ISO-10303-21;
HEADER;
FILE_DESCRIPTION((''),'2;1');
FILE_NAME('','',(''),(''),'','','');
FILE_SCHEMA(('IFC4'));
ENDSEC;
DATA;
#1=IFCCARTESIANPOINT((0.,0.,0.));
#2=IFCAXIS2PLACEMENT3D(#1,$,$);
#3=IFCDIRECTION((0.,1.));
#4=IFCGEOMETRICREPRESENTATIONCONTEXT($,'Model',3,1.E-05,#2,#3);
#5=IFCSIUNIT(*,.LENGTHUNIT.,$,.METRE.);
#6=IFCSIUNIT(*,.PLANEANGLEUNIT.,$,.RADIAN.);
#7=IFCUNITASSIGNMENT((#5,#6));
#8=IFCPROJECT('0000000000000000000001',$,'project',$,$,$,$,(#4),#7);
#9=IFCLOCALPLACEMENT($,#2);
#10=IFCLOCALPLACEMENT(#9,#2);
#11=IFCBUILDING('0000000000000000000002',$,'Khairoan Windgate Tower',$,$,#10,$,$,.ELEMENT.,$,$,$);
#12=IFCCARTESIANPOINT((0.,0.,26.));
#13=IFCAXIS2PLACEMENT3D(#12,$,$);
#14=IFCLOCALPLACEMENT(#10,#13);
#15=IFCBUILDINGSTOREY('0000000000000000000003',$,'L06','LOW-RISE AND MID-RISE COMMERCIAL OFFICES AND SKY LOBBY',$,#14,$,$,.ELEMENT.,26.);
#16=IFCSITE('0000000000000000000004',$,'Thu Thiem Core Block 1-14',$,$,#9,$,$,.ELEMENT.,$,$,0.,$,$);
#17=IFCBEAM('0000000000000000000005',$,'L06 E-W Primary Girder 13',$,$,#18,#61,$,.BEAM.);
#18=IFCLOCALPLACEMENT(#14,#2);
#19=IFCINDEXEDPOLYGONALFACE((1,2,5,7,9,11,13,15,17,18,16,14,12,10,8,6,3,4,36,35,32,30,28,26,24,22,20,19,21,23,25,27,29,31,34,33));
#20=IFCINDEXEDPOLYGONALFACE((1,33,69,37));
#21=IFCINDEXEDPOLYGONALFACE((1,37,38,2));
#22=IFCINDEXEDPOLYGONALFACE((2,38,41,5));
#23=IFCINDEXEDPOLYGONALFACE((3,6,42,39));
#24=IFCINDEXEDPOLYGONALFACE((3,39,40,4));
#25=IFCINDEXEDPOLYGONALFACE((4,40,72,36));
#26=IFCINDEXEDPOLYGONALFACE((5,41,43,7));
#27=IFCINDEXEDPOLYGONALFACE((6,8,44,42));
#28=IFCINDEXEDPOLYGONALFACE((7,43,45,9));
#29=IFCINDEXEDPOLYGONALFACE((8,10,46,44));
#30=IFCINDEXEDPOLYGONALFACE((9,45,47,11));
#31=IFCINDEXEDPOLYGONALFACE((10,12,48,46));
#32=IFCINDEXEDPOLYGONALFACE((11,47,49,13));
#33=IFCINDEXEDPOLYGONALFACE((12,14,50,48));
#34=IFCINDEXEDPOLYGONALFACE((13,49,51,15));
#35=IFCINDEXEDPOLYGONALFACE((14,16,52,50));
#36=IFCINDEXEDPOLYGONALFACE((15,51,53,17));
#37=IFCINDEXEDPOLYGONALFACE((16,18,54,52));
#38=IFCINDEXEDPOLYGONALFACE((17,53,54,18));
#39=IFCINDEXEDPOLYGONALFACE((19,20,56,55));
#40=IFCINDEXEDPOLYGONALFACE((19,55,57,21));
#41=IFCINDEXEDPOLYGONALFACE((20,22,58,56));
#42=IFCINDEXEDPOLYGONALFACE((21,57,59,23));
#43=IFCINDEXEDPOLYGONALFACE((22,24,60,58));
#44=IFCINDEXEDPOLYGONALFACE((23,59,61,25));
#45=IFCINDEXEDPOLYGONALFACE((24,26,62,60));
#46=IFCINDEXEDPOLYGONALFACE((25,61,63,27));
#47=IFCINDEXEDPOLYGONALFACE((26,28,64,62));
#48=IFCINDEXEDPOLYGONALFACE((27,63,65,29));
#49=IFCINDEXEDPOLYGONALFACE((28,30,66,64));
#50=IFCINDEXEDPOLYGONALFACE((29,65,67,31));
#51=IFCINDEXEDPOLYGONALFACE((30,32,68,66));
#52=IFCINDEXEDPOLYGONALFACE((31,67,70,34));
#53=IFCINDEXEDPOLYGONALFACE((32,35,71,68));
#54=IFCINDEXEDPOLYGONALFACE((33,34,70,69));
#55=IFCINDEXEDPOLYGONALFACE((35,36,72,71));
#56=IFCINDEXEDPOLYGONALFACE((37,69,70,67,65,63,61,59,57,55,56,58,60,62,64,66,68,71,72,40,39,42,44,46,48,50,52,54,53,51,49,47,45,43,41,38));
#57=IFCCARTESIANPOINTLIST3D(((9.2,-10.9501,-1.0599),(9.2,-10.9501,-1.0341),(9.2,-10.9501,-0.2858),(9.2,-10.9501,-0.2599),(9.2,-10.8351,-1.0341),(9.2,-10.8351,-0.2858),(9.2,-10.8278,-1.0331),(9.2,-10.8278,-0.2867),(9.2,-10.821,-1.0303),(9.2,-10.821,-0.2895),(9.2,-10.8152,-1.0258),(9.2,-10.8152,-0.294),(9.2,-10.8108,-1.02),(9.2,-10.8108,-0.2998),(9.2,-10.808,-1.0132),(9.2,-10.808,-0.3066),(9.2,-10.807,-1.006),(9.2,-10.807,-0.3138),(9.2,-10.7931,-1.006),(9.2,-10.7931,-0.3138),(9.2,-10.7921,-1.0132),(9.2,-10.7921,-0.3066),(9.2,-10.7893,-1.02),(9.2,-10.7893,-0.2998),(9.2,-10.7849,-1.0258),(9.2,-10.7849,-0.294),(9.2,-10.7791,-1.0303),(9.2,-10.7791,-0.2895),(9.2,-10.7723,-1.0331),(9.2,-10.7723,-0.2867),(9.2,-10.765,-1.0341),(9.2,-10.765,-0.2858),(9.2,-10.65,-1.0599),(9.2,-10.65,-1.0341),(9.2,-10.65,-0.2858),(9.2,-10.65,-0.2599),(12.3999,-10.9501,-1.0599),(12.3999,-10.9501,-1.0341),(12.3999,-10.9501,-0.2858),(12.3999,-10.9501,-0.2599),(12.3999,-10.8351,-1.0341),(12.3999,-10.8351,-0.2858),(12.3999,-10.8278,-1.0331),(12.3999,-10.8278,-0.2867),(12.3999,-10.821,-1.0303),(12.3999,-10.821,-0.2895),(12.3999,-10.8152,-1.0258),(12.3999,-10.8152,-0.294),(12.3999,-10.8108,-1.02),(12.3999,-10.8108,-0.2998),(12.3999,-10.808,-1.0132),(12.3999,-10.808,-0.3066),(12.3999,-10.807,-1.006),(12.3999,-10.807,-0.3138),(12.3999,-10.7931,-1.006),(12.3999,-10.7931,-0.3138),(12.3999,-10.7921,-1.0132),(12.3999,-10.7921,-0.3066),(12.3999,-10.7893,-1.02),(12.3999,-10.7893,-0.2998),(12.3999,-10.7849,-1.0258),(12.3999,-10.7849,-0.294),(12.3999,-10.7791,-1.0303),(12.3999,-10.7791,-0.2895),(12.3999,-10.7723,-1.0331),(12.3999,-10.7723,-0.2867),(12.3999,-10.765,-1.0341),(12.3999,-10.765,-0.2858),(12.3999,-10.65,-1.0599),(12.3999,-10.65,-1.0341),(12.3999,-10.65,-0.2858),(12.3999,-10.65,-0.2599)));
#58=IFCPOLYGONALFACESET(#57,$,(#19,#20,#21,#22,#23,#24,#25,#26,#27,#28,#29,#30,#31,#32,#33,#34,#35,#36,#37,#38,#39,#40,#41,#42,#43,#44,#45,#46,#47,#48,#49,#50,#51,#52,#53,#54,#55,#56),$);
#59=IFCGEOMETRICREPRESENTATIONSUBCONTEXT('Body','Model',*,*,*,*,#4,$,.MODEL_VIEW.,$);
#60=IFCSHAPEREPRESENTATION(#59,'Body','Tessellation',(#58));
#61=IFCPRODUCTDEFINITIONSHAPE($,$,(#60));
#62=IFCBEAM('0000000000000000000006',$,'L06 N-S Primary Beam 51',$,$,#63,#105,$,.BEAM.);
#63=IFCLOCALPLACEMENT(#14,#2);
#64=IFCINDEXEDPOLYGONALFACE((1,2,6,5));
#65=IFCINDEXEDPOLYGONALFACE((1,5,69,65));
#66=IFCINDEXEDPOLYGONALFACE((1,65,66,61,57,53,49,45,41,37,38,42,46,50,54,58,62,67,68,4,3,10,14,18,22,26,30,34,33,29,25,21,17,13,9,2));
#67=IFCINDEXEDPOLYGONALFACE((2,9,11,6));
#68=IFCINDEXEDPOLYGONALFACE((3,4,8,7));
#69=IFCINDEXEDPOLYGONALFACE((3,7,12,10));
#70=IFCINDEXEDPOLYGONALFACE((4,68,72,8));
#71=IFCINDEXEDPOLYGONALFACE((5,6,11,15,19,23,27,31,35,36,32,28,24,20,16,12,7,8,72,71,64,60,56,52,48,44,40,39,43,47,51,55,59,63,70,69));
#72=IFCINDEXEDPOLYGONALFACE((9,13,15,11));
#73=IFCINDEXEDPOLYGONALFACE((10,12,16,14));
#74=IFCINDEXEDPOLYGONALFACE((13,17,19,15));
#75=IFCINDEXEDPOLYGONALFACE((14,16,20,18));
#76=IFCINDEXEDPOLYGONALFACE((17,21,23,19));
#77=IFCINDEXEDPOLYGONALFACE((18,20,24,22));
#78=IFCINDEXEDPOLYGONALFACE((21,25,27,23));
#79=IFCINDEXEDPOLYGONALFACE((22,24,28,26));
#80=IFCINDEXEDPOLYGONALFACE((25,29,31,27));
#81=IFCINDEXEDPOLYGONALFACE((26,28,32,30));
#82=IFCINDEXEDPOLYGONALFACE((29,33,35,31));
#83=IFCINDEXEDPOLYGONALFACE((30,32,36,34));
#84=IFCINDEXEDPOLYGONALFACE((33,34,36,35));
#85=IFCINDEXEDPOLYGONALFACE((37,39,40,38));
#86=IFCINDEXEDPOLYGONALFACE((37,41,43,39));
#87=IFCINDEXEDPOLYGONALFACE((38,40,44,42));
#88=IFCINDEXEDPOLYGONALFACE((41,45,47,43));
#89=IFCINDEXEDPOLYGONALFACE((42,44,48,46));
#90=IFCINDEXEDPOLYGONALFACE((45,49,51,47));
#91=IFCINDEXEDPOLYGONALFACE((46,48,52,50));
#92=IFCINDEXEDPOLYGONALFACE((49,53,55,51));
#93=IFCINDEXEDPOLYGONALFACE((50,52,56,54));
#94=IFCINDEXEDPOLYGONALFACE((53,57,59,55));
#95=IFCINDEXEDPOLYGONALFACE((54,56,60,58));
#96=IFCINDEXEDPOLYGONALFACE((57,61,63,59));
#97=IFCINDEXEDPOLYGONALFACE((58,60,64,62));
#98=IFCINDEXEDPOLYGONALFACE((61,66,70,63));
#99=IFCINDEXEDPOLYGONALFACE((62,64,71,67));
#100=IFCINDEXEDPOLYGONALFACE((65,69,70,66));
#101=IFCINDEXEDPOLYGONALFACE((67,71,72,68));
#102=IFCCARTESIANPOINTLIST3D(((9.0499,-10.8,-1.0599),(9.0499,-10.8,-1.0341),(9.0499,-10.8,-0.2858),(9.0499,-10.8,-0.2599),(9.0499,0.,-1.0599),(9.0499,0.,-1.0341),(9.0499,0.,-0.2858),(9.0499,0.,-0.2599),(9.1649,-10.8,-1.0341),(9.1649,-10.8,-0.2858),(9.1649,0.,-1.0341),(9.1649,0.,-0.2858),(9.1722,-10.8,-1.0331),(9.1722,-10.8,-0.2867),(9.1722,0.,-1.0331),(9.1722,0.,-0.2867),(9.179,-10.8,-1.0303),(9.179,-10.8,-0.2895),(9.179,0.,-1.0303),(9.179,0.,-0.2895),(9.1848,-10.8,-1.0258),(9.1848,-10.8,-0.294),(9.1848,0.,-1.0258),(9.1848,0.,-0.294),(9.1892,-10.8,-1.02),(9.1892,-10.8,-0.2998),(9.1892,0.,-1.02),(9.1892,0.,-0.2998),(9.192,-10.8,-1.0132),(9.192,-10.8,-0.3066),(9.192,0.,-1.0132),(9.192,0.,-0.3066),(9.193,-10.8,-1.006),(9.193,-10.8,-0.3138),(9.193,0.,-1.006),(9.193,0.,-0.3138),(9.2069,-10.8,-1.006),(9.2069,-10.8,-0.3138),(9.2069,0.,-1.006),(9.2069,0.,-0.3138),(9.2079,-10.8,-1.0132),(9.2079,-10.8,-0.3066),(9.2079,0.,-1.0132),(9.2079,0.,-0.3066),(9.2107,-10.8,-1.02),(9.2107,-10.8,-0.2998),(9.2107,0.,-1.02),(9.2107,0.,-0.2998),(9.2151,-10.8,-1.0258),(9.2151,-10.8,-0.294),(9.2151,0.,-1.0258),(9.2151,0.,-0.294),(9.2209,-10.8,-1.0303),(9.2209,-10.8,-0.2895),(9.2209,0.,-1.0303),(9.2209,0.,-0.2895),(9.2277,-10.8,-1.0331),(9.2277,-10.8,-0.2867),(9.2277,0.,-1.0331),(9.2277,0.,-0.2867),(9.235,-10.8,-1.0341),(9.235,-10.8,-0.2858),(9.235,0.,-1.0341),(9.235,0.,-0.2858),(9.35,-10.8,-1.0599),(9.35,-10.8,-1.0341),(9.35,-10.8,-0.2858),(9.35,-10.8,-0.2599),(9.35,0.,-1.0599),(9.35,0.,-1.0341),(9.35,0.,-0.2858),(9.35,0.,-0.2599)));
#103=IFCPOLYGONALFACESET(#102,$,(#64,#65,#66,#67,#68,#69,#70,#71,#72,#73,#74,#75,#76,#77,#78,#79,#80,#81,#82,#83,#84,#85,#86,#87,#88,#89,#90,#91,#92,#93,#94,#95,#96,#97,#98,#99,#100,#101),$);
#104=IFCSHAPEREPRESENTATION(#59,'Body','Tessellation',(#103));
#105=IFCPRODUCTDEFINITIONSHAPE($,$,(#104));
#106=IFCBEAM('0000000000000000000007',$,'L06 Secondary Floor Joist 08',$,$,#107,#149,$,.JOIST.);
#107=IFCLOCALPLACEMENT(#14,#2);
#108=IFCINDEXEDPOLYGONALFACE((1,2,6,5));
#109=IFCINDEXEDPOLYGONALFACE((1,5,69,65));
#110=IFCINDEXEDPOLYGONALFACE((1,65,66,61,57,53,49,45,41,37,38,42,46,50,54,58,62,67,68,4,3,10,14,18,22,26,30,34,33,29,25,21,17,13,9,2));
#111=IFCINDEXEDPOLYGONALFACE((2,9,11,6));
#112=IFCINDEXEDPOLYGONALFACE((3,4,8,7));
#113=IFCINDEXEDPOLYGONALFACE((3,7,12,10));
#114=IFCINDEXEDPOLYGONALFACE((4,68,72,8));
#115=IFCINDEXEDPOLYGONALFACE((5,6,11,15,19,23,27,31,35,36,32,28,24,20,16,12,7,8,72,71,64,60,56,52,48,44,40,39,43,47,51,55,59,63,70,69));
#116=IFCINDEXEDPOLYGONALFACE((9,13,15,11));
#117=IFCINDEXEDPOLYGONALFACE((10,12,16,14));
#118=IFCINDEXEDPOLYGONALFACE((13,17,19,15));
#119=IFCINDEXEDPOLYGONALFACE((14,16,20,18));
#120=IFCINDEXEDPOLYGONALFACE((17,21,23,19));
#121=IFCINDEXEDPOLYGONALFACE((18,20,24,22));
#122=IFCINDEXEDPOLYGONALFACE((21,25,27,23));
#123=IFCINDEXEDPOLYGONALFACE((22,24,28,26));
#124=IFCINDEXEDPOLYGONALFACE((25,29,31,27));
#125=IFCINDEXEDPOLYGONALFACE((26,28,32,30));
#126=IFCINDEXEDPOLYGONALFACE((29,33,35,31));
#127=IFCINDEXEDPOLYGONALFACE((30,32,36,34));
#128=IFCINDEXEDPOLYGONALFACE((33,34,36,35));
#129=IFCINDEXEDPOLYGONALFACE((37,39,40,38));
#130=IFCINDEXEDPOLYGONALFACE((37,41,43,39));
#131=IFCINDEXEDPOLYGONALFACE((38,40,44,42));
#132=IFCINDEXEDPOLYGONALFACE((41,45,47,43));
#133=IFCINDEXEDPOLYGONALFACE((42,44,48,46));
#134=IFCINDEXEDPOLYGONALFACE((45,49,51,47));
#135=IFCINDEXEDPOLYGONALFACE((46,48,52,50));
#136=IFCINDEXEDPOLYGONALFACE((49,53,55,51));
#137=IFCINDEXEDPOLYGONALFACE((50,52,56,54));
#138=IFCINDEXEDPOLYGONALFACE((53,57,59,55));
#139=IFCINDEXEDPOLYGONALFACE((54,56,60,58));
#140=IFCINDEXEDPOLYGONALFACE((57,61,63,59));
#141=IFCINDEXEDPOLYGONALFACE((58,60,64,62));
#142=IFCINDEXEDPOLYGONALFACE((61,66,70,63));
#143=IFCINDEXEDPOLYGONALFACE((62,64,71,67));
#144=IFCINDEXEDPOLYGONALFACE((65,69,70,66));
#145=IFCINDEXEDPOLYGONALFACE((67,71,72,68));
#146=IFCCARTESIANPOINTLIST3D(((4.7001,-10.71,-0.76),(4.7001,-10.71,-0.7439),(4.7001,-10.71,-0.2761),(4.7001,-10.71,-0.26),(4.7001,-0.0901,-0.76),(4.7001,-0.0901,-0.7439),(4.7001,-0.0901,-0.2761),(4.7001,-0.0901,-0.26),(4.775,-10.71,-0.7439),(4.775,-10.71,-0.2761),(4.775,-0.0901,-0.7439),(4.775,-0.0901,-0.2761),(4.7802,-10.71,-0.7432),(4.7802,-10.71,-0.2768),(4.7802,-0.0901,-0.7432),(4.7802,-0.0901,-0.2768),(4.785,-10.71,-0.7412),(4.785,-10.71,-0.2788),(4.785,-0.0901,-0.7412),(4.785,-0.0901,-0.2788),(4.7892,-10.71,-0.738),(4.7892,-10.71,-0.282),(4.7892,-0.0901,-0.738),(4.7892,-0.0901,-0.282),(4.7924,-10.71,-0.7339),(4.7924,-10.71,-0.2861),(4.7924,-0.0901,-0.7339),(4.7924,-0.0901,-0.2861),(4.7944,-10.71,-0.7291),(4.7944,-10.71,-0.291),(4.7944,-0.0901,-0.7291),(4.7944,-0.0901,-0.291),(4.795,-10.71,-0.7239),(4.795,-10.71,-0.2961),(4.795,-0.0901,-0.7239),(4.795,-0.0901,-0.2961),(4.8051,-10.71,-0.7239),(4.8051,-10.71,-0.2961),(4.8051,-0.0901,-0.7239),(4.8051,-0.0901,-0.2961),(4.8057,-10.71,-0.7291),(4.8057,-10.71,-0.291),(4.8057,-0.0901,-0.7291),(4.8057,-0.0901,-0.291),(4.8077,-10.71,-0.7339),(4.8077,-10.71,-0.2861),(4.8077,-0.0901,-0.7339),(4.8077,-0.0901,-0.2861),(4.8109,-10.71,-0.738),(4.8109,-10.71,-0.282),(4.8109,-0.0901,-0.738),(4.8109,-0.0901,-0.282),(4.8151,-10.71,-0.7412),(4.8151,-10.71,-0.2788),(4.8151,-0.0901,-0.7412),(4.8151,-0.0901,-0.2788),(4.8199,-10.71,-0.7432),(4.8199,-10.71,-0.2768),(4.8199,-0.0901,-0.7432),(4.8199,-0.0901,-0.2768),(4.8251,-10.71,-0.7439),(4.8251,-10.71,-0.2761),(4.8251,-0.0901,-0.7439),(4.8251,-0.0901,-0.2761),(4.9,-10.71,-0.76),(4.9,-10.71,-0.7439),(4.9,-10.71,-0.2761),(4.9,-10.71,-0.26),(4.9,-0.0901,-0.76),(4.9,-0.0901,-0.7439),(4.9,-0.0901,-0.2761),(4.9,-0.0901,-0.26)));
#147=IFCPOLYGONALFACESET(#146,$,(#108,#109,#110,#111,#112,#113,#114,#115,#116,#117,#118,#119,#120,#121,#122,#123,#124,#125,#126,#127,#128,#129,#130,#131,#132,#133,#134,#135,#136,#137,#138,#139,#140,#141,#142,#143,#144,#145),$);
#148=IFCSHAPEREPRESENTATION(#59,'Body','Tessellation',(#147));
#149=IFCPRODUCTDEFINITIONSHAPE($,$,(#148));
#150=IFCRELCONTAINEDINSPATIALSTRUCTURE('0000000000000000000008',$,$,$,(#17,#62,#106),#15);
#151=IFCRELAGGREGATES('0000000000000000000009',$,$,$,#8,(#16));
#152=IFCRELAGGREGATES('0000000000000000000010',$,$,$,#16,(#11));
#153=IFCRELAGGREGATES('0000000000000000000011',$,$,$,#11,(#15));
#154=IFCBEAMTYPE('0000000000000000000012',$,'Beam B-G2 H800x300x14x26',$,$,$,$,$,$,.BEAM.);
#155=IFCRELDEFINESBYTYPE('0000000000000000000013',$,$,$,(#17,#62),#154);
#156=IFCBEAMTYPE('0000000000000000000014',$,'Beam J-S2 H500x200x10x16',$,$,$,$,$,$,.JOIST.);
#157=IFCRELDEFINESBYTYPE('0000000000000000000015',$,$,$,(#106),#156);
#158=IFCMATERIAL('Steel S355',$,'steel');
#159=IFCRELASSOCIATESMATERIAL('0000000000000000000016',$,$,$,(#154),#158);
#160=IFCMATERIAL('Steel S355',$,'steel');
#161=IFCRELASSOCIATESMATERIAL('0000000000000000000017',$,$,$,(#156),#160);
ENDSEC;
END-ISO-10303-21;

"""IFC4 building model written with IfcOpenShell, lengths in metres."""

from ifc_helpers import new_model, si_unit, direction, frame, origin, origin_2d, place, context, subcontext, project, spatial, i_section, extrude, material, material_profile, profile_set, type_object, element, save


model = new_model("IFC4")

# Units and contexts
model_context = context("Model", 3, precision=1e-05, world=origin(), true_north=direction((0.0, 1.0)))
body_context = subcontext(model_context, "Body", "Model", "MODEL_VIEW")
ifc_project = project(units=[si_unit("LENGTHUNIT", "METRE"), si_unit("PLANEANGLEUNIT", "RADIAN")], contexts=[model_context])

# Site, building, storey
site_placement = place(None, origin())
site = spatial("IfcSite", under=ifc_project, at=site_placement, Name="Thu Thiem Core Block 1-14", CompositionType="ELEMENT", RefElevation=0.0)
building_placement = place(site_placement, origin())
building = spatial("IfcBuilding", under=site, at=building_placement, Name="Khairoan Windgate Tower", CompositionType="ELEMENT")
storey_placement = place(building_placement, frame((0.0, 0.0, 26.0)))
storey = spatial("IfcBuildingStorey", under=building, at=storey_placement, Name="L06", Description="LOW-RISE AND MID-RISE COMMERCIAL OFFICES AND SKY LOBBY", CompositionType="ELEMENT", Elevation=26.0)

# Beams
ifc_material_1 = material(Name="Steel S355", Category="steel")
ifc_material_profile_1 = material_profile(ifc_material_1, i_section(OverallWidth=0.3, OverallDepth=0.8, WebThickness=0.0139, FlangeThickness=0.0259, FilletRadius=0.0281, at=origin_2d()))
ifc_profile_set_1 = profile_set([ifc_material_profile_1], Name="Steel S355")
beam_type_1 = type_object("IfcBeamType", Name="Beam B-G2 H800x300x14x26", PredefinedType="BEAM", material=ifc_profile_set_1)
beam_1_placement = place(storey_placement, frame((9.2, -10.8, -0.6599), z_axis=(1.0, 0.0, 0.0), x_axis=(0.0, 1.0, 0.0)))
element("IfcBeam", 1, at=beam_1_placement, inside=storey, type_object=beam_type_1, Name="L06 E-W Primary Girder 13", PredefinedType="BEAM", context=body_context, shape_type="SweptSolid", body=[
    extrude(i_section(OverallWidth=0.3, OverallDepth=0.8, WebThickness=0.0139, FlangeThickness=0.0259, FilletRadius=0.0281, at=origin_2d()), origin(), (0.0, 0.0, 1.0), 3.2),
])
beam_2_placement = place(storey_placement, frame((9.2, -10.8, -0.6599), z_axis=(0.0, 1.0, 0.0), x_axis=(-1.0, 0.0, 0.0)))
element("IfcBeam", 2, at=beam_2_placement, inside=storey, type_object=beam_type_1, Name="L06 N-S Primary Beam 51", PredefinedType="BEAM", context=body_context, shape_type="SweptSolid", body=[
    extrude(i_section(OverallWidth=0.3, OverallDepth=0.8, WebThickness=0.0139, FlangeThickness=0.0259, FilletRadius=0.0281, at=origin_2d()), origin(), (0.0, 0.0, 1.0), 10.8),
])
ifc_material_2 = material(Name="Steel S355", Category="steel")
ifc_material_profile_2 = material_profile(ifc_material_2, i_section(OverallWidth=0.2, OverallDepth=0.5, WebThickness=0.01, FlangeThickness=0.0161, FilletRadius=0.02, at=origin_2d()))
ifc_profile_set_2 = profile_set([ifc_material_profile_2], Name="Steel S355")
beam_type_2 = type_object("IfcBeamType", Name="Beam J-S2 H500x200x10x16", PredefinedType="JOIST", material=ifc_profile_set_2)
beam_3_placement = place(storey_placement, frame((4.8, -10.71, -0.51), z_axis=(0.0, 1.0, 0.0), x_axis=(-1.0, 0.0, 0.0)))
element("IfcBeam", 3, at=beam_3_placement, inside=storey, type_object=beam_type_2, Name="L06 Secondary Floor Joist 08", PredefinedType="JOIST", context=body_context, shape_type="SweptSolid", body=[
    extrude(i_section(OverallWidth=0.2, OverallDepth=0.5, WebThickness=0.01, FlangeThickness=0.0161, FilletRadius=0.02, at=origin_2d()), origin(), (0.0, 0.0, 1.0), 10.6199),
])

save(model, "model.ifc")
